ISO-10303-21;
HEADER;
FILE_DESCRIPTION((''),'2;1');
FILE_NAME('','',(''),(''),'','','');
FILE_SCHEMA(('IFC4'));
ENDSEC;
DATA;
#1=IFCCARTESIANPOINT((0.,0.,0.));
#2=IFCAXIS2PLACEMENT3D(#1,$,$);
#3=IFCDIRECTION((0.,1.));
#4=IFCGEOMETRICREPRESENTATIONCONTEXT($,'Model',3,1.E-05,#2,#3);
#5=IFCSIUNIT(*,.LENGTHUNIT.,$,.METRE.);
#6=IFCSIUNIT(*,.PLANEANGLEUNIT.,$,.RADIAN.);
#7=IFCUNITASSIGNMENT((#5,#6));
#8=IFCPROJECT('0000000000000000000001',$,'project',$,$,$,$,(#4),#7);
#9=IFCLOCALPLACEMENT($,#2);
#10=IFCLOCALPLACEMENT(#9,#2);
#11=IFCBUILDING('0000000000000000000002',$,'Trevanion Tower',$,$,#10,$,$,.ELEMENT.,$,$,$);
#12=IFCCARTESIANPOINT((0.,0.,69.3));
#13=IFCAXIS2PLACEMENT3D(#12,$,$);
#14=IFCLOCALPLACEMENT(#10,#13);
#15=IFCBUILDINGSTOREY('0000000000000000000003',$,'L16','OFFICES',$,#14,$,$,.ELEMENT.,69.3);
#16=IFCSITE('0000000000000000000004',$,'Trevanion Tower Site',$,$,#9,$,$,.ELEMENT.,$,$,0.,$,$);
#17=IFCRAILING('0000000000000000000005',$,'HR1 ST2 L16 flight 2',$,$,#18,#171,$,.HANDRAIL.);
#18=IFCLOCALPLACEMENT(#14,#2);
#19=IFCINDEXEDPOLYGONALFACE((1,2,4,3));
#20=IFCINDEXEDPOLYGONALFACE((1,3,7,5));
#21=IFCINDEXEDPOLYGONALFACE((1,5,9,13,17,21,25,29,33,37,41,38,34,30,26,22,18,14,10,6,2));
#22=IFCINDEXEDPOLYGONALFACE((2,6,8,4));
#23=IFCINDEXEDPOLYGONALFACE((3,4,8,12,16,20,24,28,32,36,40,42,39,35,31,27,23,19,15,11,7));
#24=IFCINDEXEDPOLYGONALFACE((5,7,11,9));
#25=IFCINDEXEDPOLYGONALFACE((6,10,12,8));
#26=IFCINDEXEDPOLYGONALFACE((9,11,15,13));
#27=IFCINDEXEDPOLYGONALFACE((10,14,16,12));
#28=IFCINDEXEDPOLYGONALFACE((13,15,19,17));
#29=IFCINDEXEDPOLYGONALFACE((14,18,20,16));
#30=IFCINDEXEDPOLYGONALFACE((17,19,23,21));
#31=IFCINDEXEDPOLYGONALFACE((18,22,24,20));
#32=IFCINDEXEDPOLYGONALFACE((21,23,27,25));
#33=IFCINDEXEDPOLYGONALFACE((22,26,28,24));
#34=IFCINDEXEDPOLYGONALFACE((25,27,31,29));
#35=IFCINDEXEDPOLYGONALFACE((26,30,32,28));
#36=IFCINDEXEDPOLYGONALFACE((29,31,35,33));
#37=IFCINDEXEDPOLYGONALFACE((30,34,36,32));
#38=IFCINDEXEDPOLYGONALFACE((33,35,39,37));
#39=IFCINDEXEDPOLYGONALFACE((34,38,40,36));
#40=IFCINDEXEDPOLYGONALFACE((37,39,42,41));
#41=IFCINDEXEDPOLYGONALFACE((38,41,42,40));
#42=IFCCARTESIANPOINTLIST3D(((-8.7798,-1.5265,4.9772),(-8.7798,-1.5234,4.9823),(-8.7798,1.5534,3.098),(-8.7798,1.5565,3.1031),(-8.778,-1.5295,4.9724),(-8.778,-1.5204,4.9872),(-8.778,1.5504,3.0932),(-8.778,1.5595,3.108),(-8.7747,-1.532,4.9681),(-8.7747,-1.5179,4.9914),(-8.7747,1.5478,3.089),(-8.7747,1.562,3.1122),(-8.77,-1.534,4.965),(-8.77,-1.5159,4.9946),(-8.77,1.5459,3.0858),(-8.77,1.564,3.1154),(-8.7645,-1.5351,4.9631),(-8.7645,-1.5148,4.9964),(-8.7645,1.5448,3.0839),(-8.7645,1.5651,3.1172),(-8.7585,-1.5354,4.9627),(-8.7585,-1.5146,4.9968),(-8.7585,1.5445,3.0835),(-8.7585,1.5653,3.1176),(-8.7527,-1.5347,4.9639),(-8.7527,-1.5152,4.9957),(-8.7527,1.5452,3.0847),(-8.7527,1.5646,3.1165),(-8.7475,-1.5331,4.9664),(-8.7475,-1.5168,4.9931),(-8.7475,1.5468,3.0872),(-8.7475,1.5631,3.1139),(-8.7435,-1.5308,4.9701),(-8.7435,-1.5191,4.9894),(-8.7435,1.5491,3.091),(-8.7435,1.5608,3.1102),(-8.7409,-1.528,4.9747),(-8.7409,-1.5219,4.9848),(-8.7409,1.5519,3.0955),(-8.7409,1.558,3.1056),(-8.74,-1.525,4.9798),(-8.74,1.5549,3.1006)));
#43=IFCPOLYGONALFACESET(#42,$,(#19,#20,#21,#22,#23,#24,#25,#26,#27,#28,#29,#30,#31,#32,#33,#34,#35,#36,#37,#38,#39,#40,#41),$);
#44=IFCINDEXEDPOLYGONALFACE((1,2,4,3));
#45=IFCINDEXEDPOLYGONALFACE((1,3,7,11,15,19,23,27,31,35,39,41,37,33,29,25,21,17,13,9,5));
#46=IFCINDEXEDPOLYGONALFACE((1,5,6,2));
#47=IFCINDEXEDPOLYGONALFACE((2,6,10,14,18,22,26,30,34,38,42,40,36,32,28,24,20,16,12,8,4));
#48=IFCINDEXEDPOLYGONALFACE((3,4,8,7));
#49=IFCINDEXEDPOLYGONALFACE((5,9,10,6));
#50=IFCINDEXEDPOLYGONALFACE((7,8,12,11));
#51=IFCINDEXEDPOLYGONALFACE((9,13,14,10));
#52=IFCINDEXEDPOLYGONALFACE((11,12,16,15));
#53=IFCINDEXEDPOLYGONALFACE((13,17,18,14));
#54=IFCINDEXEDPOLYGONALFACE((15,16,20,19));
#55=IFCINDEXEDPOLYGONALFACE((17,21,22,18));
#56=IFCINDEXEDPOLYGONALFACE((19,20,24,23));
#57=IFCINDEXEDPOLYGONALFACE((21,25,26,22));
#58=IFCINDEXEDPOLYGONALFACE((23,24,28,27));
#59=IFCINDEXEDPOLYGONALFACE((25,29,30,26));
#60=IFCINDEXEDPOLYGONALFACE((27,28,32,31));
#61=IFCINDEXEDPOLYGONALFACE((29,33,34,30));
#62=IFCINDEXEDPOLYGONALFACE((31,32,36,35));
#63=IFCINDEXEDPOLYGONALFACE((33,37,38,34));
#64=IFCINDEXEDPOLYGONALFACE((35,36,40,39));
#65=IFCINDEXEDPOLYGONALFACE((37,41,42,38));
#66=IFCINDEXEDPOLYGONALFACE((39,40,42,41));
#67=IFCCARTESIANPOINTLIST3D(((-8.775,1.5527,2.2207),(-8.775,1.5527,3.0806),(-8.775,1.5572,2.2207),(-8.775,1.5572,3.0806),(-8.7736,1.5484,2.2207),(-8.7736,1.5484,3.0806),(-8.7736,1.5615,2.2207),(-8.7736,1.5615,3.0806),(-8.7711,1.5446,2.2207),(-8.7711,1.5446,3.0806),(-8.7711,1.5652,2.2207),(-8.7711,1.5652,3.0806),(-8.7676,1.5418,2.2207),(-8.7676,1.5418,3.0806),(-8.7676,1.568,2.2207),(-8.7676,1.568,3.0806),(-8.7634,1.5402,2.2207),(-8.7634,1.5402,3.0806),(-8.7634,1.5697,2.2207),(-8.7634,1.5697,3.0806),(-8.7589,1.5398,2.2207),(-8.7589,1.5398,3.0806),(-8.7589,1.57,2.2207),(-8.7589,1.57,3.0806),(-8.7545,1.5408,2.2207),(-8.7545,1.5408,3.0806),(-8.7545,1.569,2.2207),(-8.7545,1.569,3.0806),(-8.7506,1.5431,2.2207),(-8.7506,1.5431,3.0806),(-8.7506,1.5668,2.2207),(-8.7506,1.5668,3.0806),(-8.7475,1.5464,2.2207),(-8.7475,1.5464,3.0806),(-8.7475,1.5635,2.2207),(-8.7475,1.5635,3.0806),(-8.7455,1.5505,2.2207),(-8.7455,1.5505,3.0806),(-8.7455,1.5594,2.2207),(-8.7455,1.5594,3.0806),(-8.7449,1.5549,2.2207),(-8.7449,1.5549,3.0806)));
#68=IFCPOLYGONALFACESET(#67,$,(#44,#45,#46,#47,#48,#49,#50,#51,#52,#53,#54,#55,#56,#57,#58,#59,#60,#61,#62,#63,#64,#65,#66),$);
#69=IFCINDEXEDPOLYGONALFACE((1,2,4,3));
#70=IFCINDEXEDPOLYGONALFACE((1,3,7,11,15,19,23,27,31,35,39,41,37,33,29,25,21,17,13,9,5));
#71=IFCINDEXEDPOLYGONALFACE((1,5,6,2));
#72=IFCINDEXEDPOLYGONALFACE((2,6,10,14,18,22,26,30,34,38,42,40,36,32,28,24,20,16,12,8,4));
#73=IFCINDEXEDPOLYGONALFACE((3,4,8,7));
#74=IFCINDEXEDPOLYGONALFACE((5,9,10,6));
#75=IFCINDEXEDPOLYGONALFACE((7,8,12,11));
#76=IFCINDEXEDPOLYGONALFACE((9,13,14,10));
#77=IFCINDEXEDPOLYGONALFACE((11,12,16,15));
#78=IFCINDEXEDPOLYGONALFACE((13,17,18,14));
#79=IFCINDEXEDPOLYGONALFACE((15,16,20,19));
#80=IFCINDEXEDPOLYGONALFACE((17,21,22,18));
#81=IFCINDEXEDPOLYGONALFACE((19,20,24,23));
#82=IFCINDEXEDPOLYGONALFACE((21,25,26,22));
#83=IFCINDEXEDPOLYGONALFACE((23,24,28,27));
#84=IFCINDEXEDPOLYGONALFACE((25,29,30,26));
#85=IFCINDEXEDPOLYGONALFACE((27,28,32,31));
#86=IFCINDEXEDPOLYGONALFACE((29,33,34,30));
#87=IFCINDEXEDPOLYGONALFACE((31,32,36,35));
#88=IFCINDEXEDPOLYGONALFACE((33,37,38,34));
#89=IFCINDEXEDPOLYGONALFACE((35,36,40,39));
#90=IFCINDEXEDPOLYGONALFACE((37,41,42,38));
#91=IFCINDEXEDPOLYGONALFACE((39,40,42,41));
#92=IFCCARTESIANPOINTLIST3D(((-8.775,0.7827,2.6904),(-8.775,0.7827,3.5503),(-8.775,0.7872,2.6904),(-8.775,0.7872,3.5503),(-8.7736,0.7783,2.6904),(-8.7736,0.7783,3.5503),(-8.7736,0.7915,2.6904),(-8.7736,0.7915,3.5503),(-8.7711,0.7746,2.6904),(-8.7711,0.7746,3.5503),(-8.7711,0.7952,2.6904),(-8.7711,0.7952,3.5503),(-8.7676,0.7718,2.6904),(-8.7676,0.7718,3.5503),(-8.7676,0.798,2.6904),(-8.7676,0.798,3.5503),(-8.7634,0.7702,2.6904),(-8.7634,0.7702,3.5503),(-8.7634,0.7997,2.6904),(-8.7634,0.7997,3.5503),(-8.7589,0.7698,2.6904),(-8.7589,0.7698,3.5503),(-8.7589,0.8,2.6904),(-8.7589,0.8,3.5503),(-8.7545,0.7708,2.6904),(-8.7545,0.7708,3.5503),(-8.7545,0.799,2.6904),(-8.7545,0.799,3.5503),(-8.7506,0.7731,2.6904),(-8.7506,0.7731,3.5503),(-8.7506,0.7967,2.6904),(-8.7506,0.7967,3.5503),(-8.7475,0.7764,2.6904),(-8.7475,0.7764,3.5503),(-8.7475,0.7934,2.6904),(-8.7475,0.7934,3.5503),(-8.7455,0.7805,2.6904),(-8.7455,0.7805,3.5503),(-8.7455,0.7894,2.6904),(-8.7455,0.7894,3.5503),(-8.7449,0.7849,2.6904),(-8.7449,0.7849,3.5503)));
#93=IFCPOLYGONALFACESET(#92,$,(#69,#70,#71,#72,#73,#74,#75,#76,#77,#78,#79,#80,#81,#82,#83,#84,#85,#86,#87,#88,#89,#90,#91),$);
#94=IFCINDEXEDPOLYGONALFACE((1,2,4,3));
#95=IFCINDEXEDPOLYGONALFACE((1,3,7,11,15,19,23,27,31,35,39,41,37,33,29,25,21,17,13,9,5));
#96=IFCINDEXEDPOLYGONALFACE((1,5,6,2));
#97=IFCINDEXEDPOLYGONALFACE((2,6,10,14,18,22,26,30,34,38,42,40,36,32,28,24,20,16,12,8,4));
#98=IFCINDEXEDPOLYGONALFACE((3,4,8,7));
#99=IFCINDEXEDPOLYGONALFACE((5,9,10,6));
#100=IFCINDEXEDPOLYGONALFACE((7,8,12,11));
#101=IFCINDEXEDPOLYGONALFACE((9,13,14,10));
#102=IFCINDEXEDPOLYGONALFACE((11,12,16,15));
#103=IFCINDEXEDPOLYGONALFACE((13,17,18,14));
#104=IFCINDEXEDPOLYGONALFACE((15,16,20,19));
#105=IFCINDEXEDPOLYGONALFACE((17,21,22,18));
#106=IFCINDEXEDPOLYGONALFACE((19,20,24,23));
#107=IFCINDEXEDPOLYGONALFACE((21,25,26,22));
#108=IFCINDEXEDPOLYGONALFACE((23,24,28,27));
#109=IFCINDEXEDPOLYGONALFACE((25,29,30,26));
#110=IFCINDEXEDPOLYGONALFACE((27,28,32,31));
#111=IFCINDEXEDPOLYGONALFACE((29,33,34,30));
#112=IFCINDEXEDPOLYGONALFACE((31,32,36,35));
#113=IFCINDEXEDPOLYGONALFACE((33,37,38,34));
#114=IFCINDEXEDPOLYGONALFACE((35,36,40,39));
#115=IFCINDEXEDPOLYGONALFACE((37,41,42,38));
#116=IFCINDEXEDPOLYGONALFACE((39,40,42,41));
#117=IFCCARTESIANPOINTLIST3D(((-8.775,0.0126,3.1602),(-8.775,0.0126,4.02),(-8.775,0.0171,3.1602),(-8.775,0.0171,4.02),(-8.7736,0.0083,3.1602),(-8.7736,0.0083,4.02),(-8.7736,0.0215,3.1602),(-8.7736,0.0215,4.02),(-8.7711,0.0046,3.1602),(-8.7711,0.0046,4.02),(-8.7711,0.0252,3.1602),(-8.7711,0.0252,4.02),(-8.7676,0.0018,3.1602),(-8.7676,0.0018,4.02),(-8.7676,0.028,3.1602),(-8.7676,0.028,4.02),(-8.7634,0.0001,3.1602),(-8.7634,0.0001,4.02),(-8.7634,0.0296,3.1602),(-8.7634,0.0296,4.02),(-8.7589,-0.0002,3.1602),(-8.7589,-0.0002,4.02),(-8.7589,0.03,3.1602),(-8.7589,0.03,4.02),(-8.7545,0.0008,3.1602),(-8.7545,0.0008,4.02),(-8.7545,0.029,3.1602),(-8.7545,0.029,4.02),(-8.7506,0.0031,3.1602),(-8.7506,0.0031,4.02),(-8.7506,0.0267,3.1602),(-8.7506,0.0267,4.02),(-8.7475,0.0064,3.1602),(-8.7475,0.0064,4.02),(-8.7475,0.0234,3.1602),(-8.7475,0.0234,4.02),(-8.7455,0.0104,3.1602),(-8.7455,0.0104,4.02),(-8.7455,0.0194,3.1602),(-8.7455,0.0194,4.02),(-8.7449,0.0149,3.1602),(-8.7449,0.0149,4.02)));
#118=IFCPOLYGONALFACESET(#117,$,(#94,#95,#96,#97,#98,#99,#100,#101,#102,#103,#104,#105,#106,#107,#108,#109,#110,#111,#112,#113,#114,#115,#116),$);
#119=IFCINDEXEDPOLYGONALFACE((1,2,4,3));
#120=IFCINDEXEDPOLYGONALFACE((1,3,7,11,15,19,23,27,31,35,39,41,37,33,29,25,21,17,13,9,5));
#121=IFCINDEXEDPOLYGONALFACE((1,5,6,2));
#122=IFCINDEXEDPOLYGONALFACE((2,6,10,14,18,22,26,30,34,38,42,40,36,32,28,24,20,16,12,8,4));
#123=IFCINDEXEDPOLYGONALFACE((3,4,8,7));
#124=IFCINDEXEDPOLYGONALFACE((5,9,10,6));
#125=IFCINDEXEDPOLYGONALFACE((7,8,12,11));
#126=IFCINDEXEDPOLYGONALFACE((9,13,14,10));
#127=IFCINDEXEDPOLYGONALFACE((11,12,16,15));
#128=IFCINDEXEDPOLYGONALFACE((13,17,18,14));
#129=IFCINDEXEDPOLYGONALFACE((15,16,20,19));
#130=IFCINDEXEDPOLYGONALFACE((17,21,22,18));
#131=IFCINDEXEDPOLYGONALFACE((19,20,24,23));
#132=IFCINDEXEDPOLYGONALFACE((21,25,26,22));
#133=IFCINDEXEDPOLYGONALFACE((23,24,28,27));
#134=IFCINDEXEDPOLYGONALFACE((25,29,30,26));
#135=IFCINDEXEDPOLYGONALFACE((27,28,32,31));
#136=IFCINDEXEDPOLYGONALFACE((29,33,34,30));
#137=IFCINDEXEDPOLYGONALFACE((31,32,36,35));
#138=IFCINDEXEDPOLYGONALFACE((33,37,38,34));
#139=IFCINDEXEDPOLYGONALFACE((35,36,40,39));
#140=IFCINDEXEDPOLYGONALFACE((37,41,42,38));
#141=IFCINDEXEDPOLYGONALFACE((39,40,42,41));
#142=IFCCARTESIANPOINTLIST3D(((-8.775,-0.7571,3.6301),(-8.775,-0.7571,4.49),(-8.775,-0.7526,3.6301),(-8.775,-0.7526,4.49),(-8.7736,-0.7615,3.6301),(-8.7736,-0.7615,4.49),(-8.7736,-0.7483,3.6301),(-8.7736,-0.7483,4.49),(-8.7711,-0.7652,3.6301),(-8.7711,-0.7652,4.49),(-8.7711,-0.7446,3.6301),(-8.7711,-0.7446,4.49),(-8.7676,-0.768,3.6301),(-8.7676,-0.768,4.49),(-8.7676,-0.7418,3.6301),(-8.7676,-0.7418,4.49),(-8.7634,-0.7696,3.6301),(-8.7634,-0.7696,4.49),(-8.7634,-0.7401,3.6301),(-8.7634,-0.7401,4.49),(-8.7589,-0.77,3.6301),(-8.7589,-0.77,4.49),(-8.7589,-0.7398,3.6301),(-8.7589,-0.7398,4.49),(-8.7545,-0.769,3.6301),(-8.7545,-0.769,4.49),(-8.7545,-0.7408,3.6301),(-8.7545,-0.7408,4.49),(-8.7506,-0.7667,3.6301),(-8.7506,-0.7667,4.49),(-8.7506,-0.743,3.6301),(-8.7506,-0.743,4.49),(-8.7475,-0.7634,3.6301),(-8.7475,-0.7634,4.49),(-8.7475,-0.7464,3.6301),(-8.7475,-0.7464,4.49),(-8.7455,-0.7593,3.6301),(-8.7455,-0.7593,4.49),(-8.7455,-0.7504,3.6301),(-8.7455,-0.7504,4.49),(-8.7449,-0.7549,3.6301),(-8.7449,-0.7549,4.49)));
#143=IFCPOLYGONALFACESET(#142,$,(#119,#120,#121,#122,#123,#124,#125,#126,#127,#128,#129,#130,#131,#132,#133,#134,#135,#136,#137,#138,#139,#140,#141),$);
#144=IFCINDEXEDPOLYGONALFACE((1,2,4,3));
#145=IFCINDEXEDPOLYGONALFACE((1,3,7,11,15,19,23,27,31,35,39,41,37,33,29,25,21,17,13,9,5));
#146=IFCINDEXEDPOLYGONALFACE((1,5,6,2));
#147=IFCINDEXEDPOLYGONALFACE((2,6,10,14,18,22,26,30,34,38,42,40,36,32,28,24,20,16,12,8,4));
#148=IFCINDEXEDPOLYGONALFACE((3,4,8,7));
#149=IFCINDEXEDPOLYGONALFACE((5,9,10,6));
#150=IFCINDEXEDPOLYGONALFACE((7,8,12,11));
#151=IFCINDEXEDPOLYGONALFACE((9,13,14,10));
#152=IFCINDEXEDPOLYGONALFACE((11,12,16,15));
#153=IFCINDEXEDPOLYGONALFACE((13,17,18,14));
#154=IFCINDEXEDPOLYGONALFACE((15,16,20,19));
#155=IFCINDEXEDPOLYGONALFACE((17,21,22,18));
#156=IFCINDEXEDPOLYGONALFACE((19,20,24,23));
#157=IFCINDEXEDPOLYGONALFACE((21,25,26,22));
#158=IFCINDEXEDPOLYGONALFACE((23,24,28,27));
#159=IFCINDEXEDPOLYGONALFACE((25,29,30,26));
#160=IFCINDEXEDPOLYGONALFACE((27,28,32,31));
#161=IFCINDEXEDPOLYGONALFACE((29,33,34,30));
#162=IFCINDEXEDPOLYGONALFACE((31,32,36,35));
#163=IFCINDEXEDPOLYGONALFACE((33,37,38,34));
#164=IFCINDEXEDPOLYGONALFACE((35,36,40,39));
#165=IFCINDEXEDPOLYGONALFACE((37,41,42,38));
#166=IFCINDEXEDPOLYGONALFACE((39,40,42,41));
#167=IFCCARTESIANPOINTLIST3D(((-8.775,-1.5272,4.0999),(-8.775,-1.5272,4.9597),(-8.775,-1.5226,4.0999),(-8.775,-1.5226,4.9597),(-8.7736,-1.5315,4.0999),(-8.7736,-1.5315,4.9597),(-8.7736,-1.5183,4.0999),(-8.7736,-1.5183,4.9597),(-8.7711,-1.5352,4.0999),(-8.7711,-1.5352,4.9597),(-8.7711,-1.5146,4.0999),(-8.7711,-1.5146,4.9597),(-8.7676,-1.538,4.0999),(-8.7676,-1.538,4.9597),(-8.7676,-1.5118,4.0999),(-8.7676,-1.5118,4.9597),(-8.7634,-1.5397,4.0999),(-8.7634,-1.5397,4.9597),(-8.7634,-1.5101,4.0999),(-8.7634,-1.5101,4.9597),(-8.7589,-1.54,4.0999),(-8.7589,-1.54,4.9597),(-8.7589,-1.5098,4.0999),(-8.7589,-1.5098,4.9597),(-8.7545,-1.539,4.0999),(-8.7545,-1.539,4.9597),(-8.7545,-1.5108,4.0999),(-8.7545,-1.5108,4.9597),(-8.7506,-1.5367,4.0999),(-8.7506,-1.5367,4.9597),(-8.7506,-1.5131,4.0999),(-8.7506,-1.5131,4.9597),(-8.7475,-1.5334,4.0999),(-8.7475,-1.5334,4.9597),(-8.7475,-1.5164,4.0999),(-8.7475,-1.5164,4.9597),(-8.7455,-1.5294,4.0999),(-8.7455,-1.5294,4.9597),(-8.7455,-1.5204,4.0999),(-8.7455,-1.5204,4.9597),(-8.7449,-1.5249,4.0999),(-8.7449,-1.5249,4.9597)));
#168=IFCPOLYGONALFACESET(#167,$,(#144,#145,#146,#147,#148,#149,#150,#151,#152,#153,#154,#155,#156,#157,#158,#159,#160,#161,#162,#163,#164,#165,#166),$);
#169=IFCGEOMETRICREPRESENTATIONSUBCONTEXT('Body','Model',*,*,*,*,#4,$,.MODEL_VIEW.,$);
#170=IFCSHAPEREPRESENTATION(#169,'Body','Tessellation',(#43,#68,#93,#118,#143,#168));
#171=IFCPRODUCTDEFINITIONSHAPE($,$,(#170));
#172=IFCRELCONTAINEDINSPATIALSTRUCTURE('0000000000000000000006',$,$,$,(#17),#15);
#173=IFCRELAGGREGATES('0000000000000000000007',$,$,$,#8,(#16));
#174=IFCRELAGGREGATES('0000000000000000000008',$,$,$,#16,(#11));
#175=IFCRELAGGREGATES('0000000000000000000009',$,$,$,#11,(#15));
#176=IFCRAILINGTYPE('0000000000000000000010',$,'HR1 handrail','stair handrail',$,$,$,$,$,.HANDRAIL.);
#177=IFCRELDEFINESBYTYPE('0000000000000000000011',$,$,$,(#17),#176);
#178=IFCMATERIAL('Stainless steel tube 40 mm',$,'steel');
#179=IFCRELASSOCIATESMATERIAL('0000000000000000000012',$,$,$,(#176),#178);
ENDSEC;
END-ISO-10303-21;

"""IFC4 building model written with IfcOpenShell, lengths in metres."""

from ifc_helpers import new_model, si_unit, direction, frame, origin, origin_2d, place, context, subcontext, project, spatial, circle, extrude, material, type_object, element, save


model = new_model("IFC4")

# Units and contexts
model_context = context("Model", 3, precision=1e-05, world=origin(), true_north=direction((0.0, 1.0)))
body_context = subcontext(model_context, "Body", "Model", "MODEL_VIEW")
ifc_project = project(units=[si_unit("LENGTHUNIT", "METRE"), si_unit("PLANEANGLEUNIT", "RADIAN")], contexts=[model_context])

# Site, building, storey
site_placement = place(None, origin())
site = spatial("IfcSite", under=ifc_project, at=site_placement, Name="Trevanion Tower Site", CompositionType="ELEMENT", RefElevation=0.0)
building_placement = place(site_placement, origin())
building = spatial("IfcBuilding", under=site, at=building_placement, Name="Trevanion Tower", CompositionType="ELEMENT")
storey_placement = place(building_placement, frame((0.0, 0.0, 69.3)))
storey = spatial("IfcBuildingStorey", under=building, at=storey_placement, Name="L16", Description="OFFICES", CompositionType="ELEMENT", Elevation=69.3)

# Railing
ifc_material_1 = material(Name="Stainless steel tube 40 mm", Category="steel")
railing_type = type_object("IfcRailingType", Name="HR1 handrail", Description="stair handrail", PredefinedType="HANDRAIL", material=ifc_material_1)
for number, where, name in (
    (1, (-8.76, 1.5549, 2.2207), "HR1 ST2 L16 flight 2"),
):
    element("IfcRailing", number, at=place(storey_placement, frame(where)), inside=storey, type_object=railing_type, Name=name, PredefinedType="HANDRAIL", context=body_context, shape_type="SweptSolid", body=[
        extrude(circle(Radius=0.02, at=origin_2d()), frame((0.0, 0.0, 0.8799), z_axis=(0.0, -0.853648, 0.52085), x_axis=(1.0, 0.0, 0.0)), (0.0, 0.0, 1.0), 3.6079),
        extrude(circle(Radius=0.0151, at=origin_2d()), origin(), (0.0, 0.0, 1.0), 0.8599),
        extrude(circle(Radius=0.0151, at=origin_2d()), frame((0.0, -0.77, 0.4697)), (0.0, 0.0, 1.0), 0.8599),
        extrude(circle(Radius=0.0151, at=origin_2d()), frame((0.0, -1.54, 0.9395)), (0.0, 0.0, 1.0), 0.8599),
        extrude(circle(Radius=0.0151, at=origin_2d()), frame((0.0, -2.3098, 1.4094)), (0.0, 0.0, 1.0), 0.8599),
        extrude(circle(Radius=0.0151, at=origin_2d()), frame((0.0, -3.0798, 1.8792)), (0.0, 0.0, 1.0), 0.8599),
    ])

save(model, "model.ifc")
